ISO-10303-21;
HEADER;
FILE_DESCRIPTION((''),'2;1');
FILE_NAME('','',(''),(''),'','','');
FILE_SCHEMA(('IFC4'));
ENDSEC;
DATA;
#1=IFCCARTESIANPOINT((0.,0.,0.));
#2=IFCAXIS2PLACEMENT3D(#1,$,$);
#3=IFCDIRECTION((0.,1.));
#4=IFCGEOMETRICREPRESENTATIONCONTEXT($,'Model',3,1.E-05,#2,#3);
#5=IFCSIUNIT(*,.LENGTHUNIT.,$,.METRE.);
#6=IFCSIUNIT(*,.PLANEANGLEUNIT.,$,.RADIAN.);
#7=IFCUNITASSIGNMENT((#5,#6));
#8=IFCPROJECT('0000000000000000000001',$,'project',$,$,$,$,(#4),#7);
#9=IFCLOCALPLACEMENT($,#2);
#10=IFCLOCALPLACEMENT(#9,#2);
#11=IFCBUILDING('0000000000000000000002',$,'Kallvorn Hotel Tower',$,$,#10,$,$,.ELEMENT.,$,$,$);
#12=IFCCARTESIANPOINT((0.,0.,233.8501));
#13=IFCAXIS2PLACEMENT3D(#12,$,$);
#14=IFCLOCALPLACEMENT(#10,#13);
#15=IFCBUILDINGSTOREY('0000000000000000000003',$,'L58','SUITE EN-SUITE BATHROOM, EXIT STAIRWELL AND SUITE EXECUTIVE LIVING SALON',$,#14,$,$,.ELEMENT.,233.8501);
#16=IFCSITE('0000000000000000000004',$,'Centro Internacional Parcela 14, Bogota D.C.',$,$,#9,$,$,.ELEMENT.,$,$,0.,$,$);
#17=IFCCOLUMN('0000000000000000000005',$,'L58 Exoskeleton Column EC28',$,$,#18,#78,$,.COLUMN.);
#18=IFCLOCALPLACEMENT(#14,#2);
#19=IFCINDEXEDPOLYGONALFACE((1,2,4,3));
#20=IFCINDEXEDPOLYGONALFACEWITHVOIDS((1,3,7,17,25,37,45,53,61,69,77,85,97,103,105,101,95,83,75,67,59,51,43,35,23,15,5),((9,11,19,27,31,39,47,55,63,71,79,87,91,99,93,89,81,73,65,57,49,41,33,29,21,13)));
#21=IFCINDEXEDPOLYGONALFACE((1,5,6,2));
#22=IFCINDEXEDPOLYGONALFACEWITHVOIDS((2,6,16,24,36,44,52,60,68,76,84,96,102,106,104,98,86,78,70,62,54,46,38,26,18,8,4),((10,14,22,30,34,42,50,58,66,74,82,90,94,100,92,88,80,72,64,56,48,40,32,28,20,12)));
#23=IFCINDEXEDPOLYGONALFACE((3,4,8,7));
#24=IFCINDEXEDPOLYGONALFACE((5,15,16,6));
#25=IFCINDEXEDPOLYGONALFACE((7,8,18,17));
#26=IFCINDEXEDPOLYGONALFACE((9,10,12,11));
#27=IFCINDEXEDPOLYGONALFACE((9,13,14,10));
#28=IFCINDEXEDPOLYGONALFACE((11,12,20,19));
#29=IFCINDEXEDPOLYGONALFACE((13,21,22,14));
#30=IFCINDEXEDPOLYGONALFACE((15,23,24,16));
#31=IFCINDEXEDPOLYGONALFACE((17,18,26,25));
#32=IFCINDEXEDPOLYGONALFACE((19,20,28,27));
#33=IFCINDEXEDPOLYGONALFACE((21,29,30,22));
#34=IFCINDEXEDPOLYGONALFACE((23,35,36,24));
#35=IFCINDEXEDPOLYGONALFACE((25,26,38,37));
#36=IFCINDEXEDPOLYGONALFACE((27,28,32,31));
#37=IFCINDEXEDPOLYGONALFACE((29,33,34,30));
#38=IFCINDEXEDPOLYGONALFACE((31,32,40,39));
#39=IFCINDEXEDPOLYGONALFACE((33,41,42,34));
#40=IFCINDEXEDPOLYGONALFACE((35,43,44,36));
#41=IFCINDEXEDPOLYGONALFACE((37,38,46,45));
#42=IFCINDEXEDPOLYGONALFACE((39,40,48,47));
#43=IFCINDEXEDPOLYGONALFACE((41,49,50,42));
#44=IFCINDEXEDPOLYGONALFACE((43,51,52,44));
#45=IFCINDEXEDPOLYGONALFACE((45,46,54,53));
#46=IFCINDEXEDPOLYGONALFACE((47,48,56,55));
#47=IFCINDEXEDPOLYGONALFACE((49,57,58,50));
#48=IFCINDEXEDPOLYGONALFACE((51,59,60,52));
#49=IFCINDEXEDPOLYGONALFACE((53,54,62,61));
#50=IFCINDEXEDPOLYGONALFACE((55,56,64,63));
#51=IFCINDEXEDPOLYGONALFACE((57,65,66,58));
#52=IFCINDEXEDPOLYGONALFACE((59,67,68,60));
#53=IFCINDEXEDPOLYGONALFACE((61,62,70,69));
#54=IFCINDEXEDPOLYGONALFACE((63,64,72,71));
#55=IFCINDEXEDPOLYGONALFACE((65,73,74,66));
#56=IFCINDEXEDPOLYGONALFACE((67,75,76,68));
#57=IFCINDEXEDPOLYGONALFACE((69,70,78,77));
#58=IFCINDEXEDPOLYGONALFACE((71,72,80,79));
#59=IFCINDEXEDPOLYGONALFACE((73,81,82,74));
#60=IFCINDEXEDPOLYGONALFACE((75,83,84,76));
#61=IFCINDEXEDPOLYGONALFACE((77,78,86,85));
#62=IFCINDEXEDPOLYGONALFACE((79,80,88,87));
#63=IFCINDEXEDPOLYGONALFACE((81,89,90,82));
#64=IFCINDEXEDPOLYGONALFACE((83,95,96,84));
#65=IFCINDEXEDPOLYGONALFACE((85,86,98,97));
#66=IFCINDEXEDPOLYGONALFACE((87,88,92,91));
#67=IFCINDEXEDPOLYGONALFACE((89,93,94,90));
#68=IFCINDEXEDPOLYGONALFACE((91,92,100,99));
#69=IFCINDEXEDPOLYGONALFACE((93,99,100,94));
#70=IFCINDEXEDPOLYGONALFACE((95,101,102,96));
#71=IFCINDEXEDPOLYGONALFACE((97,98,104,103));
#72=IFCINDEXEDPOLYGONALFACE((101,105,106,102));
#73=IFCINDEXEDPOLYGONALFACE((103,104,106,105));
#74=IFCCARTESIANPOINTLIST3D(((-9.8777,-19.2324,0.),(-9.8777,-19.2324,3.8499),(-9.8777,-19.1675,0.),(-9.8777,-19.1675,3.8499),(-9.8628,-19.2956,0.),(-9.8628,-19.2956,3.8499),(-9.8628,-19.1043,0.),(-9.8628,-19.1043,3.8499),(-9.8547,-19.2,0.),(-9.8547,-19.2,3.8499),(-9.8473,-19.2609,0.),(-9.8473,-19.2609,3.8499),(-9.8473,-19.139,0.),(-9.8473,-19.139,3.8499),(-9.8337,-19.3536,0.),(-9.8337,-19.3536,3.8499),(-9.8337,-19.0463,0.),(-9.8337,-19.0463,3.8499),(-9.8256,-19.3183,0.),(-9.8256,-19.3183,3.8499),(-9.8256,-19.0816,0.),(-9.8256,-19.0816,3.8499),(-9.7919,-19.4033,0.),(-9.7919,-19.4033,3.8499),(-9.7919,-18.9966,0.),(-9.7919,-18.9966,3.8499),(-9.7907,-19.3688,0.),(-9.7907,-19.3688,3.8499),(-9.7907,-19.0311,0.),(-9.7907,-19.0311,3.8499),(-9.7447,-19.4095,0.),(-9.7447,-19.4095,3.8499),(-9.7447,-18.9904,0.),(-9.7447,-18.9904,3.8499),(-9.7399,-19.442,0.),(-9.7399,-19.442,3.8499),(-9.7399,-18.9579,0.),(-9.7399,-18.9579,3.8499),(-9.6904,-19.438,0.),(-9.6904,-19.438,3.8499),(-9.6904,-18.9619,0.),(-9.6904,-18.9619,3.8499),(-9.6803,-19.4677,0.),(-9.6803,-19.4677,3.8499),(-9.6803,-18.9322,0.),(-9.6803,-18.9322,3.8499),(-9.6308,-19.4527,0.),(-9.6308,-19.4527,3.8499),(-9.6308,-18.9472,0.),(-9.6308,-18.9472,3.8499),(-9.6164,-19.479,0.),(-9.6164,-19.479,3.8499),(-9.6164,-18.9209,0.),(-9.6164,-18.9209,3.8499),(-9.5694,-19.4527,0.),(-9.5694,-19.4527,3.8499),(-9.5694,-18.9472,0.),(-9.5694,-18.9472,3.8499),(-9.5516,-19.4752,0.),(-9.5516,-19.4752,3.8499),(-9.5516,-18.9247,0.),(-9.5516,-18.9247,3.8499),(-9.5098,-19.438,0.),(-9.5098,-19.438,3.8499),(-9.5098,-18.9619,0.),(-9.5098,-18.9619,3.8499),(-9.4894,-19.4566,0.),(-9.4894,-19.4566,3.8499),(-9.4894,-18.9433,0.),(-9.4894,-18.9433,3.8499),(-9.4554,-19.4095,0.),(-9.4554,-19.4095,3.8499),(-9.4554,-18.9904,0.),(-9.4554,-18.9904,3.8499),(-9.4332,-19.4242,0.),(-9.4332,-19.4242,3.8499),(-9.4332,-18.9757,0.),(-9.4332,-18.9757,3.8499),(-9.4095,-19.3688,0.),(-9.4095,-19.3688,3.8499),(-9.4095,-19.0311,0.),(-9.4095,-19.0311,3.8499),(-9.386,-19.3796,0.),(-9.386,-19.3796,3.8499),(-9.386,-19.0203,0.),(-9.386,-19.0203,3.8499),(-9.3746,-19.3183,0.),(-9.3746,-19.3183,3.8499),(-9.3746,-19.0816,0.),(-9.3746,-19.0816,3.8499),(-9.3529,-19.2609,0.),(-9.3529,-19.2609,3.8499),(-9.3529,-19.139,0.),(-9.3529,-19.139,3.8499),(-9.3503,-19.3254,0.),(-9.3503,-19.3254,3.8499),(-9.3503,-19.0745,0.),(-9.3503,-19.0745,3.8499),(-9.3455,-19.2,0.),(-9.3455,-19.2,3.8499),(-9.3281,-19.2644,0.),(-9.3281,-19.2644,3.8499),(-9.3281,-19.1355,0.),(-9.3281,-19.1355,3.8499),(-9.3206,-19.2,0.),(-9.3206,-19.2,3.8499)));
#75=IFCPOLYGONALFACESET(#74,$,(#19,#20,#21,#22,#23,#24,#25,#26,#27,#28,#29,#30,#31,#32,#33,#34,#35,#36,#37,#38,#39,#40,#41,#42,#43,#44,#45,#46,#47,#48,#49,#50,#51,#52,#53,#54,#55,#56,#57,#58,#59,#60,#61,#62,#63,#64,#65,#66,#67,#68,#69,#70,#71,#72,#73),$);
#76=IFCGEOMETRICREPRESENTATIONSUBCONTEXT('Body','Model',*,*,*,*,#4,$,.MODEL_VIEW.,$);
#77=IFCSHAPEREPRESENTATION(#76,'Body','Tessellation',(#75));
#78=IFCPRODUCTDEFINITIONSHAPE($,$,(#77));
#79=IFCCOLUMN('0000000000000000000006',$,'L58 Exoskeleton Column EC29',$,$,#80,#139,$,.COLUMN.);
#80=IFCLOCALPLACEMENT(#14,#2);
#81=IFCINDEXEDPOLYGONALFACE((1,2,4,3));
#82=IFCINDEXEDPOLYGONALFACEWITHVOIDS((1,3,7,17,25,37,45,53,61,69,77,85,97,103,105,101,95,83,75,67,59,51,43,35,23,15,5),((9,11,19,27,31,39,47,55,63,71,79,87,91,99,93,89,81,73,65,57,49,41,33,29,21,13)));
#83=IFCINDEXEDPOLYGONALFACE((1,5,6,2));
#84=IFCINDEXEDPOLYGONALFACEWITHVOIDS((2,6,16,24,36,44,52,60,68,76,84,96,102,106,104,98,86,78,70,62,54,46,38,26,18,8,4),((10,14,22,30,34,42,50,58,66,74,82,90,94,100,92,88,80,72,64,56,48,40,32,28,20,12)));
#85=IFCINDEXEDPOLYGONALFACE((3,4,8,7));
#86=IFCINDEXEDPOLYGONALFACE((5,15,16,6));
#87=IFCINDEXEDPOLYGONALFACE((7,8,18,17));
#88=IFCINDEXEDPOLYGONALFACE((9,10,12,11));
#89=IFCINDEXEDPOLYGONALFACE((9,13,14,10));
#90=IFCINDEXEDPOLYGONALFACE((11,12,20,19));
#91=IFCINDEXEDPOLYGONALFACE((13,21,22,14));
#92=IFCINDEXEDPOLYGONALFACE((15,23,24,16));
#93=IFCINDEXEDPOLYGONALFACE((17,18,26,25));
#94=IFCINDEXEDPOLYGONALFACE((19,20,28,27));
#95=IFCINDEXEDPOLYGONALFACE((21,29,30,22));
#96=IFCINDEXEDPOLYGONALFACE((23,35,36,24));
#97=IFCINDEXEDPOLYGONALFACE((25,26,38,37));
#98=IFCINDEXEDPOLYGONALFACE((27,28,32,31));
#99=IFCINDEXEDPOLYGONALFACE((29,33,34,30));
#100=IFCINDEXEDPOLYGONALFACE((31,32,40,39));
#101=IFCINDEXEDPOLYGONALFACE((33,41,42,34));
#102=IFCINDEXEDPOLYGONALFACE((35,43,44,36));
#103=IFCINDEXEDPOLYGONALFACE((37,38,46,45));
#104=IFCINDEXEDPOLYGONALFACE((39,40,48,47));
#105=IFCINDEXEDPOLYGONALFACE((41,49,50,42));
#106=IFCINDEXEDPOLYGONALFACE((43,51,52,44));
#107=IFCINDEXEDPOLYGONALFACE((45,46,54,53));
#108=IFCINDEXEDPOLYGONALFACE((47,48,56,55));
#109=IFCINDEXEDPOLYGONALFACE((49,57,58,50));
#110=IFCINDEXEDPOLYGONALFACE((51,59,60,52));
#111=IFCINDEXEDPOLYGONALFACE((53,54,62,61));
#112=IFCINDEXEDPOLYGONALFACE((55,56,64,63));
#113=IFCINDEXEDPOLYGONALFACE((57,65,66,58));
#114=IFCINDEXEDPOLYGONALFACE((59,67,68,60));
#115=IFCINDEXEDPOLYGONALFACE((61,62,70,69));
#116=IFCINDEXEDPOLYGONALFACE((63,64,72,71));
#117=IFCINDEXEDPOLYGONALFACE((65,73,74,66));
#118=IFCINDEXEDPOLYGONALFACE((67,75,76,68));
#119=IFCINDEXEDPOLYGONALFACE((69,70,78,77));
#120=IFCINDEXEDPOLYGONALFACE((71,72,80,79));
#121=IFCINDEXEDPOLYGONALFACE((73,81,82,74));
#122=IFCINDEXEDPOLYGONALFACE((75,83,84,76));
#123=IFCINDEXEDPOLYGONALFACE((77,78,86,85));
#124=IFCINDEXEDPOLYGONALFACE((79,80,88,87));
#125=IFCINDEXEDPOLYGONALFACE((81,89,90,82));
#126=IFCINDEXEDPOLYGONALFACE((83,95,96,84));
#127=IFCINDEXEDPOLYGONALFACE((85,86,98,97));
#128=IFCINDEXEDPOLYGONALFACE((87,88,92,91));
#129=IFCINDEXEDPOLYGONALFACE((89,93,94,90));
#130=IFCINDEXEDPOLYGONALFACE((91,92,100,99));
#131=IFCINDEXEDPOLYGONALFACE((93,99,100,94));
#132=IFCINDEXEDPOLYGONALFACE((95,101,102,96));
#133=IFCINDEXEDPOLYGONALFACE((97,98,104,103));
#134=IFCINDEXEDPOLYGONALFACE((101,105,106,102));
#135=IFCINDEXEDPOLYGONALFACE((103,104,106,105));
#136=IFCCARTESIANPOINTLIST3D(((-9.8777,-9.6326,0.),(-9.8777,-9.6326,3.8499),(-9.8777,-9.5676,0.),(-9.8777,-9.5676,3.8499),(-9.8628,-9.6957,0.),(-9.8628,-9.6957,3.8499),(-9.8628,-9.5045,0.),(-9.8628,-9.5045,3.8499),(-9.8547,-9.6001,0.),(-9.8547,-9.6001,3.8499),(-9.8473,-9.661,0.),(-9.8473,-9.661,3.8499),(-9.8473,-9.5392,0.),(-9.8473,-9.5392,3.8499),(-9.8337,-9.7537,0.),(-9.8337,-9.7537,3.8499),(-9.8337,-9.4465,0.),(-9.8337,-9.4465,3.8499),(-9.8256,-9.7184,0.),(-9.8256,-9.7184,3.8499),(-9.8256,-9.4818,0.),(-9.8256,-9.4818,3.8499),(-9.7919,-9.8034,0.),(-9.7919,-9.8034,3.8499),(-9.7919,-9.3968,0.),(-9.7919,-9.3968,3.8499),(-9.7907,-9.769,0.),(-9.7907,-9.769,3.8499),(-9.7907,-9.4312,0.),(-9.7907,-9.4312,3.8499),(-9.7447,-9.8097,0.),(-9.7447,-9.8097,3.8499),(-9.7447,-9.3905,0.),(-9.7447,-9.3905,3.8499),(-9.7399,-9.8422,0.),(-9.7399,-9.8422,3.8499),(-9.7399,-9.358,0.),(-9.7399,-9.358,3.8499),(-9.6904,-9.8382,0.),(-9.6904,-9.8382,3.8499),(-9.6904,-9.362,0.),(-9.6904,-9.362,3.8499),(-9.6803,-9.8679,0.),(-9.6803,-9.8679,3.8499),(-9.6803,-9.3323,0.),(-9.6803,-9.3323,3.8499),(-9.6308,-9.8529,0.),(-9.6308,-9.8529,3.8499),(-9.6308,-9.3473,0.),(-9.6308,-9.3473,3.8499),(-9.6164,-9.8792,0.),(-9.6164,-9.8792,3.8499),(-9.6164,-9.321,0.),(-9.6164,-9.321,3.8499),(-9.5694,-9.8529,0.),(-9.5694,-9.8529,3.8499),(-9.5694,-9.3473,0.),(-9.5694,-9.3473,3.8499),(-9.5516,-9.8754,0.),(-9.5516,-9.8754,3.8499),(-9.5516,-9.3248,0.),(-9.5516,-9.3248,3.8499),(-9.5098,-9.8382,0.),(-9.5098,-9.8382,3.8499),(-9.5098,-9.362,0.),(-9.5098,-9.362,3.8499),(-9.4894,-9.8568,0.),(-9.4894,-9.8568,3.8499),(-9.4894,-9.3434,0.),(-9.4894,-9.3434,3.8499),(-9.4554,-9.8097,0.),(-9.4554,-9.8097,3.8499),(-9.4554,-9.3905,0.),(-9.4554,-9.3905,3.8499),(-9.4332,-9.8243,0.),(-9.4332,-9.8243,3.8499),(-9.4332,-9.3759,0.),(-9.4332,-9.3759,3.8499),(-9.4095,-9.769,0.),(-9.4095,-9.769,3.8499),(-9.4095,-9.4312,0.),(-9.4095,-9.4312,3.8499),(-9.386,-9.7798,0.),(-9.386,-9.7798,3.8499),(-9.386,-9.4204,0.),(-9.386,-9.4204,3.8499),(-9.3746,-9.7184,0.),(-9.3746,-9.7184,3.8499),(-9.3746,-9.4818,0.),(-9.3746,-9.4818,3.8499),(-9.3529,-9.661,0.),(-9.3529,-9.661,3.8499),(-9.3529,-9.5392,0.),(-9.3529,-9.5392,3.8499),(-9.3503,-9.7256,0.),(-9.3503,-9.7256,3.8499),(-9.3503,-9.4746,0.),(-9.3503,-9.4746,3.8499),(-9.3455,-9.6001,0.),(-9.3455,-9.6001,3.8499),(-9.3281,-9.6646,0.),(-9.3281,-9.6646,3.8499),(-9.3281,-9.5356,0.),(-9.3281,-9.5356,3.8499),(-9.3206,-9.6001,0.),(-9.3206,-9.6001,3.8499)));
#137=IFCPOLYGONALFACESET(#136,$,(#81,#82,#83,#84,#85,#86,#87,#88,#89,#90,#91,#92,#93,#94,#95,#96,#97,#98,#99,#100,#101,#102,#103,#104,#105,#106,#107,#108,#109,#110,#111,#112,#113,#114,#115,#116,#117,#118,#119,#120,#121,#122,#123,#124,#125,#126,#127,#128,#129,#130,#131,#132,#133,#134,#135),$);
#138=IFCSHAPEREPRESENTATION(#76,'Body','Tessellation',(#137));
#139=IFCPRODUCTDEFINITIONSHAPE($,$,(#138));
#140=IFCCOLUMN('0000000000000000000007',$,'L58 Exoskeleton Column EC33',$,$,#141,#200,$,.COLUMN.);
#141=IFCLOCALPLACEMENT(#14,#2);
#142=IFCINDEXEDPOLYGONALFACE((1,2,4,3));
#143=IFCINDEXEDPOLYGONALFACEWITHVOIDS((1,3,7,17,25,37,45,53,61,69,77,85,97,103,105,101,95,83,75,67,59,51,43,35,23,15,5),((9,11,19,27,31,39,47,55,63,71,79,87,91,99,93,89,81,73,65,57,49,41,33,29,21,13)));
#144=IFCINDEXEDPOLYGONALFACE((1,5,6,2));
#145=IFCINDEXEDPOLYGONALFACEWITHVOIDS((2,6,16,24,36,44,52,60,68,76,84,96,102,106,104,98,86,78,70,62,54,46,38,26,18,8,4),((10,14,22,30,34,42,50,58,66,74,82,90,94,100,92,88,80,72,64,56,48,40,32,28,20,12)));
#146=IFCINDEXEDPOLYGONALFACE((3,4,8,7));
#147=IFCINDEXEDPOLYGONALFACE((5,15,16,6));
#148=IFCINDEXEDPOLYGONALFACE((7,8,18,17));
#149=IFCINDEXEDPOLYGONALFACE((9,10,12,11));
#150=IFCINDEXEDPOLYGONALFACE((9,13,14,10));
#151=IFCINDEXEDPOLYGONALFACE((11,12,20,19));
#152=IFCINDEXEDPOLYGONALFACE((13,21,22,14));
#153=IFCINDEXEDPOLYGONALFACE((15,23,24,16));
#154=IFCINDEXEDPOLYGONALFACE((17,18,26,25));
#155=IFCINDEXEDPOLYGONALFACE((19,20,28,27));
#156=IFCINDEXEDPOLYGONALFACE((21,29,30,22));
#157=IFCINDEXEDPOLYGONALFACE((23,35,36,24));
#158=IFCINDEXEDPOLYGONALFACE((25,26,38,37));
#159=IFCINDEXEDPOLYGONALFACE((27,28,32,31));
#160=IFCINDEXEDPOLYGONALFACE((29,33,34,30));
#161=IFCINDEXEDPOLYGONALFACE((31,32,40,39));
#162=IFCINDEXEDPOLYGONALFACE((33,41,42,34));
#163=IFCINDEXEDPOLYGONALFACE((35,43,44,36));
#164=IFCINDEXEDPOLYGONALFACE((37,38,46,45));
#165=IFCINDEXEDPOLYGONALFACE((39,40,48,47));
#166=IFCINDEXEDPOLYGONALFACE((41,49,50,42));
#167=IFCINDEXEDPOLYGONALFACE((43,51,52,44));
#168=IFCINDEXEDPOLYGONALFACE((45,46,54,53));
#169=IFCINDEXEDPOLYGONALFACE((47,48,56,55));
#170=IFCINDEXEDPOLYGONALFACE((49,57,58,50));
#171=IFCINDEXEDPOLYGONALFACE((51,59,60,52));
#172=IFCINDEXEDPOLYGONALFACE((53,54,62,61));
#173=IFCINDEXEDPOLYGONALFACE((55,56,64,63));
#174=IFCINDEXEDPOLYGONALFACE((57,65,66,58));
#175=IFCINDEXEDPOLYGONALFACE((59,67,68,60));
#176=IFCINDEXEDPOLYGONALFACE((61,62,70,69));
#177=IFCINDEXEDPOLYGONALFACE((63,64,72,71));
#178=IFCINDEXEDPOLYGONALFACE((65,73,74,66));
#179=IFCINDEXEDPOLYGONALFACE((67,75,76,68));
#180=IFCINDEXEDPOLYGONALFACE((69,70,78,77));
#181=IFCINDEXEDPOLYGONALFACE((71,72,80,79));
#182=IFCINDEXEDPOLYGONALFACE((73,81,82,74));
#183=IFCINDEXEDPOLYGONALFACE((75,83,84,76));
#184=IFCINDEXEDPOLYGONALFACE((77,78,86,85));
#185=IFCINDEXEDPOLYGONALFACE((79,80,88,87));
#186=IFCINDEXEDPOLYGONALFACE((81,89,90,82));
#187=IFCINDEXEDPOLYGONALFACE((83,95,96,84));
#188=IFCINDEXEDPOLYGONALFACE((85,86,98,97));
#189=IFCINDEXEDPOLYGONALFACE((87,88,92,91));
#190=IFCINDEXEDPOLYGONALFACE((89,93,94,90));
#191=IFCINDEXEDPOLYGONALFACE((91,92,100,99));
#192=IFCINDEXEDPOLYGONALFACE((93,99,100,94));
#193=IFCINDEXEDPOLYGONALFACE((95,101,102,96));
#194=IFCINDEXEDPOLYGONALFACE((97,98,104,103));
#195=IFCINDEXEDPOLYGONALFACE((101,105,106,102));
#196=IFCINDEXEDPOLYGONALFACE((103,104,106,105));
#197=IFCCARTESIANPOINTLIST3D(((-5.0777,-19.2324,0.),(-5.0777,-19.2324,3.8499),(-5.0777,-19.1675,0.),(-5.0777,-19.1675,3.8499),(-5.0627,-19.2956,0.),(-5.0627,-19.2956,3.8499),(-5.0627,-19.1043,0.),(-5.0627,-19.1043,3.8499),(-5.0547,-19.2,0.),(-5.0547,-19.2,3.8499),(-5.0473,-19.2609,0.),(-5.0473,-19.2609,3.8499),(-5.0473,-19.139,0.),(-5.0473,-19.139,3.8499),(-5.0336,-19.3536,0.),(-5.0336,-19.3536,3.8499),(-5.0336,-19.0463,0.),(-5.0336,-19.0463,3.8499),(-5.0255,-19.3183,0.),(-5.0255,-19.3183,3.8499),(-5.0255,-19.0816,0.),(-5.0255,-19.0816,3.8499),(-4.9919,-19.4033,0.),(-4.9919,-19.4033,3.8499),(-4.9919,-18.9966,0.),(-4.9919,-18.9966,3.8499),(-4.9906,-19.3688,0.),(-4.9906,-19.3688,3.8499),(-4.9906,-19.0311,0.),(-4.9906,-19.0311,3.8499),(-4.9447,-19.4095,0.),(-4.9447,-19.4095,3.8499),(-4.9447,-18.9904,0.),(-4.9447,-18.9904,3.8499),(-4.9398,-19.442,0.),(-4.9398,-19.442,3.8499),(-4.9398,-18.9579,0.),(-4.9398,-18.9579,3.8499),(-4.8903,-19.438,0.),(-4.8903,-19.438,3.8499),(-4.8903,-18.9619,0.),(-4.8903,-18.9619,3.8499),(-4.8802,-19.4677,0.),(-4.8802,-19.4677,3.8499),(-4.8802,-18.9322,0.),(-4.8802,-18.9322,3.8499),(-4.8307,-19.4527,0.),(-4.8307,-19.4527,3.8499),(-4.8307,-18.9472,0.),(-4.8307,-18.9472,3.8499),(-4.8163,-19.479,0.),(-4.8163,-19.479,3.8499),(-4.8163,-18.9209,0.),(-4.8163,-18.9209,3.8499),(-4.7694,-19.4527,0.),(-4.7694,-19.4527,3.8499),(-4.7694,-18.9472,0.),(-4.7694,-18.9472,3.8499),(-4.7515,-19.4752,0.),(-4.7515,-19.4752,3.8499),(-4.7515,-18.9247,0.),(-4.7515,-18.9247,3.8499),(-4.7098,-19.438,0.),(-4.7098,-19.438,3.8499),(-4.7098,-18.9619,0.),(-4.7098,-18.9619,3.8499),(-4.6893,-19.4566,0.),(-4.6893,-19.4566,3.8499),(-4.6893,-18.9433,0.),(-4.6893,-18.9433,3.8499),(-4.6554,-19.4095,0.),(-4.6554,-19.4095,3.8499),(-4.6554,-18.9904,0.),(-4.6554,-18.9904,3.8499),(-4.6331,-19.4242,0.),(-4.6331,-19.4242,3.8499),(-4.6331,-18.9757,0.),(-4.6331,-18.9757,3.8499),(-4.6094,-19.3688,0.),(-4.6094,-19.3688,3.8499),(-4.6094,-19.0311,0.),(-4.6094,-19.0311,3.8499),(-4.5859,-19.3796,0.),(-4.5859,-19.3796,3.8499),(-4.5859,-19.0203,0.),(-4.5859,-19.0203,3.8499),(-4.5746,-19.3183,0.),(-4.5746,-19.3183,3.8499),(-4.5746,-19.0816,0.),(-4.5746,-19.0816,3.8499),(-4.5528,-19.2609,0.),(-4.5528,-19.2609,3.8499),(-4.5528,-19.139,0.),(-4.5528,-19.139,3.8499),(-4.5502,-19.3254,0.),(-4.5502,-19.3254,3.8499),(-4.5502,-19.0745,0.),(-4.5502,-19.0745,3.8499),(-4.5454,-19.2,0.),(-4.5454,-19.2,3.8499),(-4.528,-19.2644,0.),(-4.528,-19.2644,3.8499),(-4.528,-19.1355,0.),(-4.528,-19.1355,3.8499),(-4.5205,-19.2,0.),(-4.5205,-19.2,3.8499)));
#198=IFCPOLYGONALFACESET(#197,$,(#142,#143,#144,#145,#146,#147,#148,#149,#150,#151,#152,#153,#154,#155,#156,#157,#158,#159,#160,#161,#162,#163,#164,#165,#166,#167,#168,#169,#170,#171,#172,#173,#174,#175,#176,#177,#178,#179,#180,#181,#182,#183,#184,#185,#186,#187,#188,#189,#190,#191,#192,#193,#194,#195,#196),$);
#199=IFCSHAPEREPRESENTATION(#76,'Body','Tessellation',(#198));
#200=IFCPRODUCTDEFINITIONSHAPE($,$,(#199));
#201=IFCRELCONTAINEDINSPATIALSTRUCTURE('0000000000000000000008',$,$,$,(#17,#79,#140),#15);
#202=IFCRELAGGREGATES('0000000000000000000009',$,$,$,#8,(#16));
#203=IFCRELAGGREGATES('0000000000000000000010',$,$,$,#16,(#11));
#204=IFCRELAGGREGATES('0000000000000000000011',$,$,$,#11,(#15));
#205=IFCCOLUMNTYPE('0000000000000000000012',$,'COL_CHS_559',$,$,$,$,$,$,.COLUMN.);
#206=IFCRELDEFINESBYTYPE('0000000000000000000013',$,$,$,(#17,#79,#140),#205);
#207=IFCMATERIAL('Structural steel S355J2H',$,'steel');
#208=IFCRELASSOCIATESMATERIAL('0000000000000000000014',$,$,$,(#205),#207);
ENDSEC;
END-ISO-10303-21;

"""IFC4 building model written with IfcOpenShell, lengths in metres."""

from ifc_helpers import new_model, si_unit, direction, frame, origin, origin_2d, place, context, subcontext, project, spatial, hollow_circle, extrude, material, material_profile, profile_set, type_object, element, save


model = new_model("IFC4")

# Units and contexts
model_context = context("Model", 3, precision=1e-05, world=origin(), true_north=direction((0.0, 1.0)))
body_context = subcontext(model_context, "Body", "Model", "MODEL_VIEW")
ifc_project = project(units=[si_unit("LENGTHUNIT", "METRE"), si_unit("PLANEANGLEUNIT", "RADIAN")], contexts=[model_context])

# Site, building, storey
site_placement = place(None, origin())
site = spatial("IfcSite", under=ifc_project, at=site_placement, Name="Centro Internacional Parcela 14, Bogota D.C.", CompositionType="ELEMENT", RefElevation=0.0)
building_placement = place(site_placement, origin())
building = spatial("IfcBuilding", under=site, at=building_placement, Name="Kallvorn Hotel Tower", CompositionType="ELEMENT")
storey_placement = place(building_placement, frame((0.0, 0.0, 233.8501)))
storey = spatial("IfcBuildingStorey", under=building, at=storey_placement, Name="L58", Description="SUITE EN-SUITE BATHROOM, EXIT STAIRWELL AND SUITE EXECUTIVE LIVING SALON", CompositionType="ELEMENT", Elevation=233.8501)

# Columns
ifc_material_1 = material(Name="Structural steel S355J2H", Category="steel")
ifc_material_profile_1 = material_profile(ifc_material_1, hollow_circle(Radius=0.2795, WallThickness=0.0249, at=origin_2d()), Name="CHS 559x25")
ifc_profile_set_1 = profile_set([ifc_material_profile_1], Name="Structural steel S355J2H")
column_type_1 = type_object("IfcColumnType", Name="COL_CHS_559", PredefinedType="COLUMN", material=ifc_profile_set_1)
for number, where, z_axis, x_axis, name in (
    (1, (-9.6001, -19.2, 0.0), (0.0, 0.0, 1.0), (1.0, 0.0, 0.0), "L58 Exoskeleton Column EC28"),
    (2, (-9.6001, -9.6001, 0.0), (0.0, 0.0, 1.0), (1.0, 0.0, 0.0), "L58 Exoskeleton Column EC29"),
    (3, (-4.8, -19.2, 0.0), (0.0, 0.0, 1.0), (1.0, 0.0, 0.0), "L58 Exoskeleton Column EC33"),
):
    element("IfcColumn", number, at=place(storey_placement, frame(where, z_axis=z_axis, x_axis=x_axis)), inside=storey, type_object=column_type_1, Name=name, PredefinedType="COLUMN", context=body_context, shape_type="SweptSolid", body=[
        extrude(hollow_circle(Radius=0.2795, WallThickness=0.0249, at=origin_2d()), origin(), (0.0, 0.0, 1.0), 3.8499),
    ])

save(model, "model.ifc")
